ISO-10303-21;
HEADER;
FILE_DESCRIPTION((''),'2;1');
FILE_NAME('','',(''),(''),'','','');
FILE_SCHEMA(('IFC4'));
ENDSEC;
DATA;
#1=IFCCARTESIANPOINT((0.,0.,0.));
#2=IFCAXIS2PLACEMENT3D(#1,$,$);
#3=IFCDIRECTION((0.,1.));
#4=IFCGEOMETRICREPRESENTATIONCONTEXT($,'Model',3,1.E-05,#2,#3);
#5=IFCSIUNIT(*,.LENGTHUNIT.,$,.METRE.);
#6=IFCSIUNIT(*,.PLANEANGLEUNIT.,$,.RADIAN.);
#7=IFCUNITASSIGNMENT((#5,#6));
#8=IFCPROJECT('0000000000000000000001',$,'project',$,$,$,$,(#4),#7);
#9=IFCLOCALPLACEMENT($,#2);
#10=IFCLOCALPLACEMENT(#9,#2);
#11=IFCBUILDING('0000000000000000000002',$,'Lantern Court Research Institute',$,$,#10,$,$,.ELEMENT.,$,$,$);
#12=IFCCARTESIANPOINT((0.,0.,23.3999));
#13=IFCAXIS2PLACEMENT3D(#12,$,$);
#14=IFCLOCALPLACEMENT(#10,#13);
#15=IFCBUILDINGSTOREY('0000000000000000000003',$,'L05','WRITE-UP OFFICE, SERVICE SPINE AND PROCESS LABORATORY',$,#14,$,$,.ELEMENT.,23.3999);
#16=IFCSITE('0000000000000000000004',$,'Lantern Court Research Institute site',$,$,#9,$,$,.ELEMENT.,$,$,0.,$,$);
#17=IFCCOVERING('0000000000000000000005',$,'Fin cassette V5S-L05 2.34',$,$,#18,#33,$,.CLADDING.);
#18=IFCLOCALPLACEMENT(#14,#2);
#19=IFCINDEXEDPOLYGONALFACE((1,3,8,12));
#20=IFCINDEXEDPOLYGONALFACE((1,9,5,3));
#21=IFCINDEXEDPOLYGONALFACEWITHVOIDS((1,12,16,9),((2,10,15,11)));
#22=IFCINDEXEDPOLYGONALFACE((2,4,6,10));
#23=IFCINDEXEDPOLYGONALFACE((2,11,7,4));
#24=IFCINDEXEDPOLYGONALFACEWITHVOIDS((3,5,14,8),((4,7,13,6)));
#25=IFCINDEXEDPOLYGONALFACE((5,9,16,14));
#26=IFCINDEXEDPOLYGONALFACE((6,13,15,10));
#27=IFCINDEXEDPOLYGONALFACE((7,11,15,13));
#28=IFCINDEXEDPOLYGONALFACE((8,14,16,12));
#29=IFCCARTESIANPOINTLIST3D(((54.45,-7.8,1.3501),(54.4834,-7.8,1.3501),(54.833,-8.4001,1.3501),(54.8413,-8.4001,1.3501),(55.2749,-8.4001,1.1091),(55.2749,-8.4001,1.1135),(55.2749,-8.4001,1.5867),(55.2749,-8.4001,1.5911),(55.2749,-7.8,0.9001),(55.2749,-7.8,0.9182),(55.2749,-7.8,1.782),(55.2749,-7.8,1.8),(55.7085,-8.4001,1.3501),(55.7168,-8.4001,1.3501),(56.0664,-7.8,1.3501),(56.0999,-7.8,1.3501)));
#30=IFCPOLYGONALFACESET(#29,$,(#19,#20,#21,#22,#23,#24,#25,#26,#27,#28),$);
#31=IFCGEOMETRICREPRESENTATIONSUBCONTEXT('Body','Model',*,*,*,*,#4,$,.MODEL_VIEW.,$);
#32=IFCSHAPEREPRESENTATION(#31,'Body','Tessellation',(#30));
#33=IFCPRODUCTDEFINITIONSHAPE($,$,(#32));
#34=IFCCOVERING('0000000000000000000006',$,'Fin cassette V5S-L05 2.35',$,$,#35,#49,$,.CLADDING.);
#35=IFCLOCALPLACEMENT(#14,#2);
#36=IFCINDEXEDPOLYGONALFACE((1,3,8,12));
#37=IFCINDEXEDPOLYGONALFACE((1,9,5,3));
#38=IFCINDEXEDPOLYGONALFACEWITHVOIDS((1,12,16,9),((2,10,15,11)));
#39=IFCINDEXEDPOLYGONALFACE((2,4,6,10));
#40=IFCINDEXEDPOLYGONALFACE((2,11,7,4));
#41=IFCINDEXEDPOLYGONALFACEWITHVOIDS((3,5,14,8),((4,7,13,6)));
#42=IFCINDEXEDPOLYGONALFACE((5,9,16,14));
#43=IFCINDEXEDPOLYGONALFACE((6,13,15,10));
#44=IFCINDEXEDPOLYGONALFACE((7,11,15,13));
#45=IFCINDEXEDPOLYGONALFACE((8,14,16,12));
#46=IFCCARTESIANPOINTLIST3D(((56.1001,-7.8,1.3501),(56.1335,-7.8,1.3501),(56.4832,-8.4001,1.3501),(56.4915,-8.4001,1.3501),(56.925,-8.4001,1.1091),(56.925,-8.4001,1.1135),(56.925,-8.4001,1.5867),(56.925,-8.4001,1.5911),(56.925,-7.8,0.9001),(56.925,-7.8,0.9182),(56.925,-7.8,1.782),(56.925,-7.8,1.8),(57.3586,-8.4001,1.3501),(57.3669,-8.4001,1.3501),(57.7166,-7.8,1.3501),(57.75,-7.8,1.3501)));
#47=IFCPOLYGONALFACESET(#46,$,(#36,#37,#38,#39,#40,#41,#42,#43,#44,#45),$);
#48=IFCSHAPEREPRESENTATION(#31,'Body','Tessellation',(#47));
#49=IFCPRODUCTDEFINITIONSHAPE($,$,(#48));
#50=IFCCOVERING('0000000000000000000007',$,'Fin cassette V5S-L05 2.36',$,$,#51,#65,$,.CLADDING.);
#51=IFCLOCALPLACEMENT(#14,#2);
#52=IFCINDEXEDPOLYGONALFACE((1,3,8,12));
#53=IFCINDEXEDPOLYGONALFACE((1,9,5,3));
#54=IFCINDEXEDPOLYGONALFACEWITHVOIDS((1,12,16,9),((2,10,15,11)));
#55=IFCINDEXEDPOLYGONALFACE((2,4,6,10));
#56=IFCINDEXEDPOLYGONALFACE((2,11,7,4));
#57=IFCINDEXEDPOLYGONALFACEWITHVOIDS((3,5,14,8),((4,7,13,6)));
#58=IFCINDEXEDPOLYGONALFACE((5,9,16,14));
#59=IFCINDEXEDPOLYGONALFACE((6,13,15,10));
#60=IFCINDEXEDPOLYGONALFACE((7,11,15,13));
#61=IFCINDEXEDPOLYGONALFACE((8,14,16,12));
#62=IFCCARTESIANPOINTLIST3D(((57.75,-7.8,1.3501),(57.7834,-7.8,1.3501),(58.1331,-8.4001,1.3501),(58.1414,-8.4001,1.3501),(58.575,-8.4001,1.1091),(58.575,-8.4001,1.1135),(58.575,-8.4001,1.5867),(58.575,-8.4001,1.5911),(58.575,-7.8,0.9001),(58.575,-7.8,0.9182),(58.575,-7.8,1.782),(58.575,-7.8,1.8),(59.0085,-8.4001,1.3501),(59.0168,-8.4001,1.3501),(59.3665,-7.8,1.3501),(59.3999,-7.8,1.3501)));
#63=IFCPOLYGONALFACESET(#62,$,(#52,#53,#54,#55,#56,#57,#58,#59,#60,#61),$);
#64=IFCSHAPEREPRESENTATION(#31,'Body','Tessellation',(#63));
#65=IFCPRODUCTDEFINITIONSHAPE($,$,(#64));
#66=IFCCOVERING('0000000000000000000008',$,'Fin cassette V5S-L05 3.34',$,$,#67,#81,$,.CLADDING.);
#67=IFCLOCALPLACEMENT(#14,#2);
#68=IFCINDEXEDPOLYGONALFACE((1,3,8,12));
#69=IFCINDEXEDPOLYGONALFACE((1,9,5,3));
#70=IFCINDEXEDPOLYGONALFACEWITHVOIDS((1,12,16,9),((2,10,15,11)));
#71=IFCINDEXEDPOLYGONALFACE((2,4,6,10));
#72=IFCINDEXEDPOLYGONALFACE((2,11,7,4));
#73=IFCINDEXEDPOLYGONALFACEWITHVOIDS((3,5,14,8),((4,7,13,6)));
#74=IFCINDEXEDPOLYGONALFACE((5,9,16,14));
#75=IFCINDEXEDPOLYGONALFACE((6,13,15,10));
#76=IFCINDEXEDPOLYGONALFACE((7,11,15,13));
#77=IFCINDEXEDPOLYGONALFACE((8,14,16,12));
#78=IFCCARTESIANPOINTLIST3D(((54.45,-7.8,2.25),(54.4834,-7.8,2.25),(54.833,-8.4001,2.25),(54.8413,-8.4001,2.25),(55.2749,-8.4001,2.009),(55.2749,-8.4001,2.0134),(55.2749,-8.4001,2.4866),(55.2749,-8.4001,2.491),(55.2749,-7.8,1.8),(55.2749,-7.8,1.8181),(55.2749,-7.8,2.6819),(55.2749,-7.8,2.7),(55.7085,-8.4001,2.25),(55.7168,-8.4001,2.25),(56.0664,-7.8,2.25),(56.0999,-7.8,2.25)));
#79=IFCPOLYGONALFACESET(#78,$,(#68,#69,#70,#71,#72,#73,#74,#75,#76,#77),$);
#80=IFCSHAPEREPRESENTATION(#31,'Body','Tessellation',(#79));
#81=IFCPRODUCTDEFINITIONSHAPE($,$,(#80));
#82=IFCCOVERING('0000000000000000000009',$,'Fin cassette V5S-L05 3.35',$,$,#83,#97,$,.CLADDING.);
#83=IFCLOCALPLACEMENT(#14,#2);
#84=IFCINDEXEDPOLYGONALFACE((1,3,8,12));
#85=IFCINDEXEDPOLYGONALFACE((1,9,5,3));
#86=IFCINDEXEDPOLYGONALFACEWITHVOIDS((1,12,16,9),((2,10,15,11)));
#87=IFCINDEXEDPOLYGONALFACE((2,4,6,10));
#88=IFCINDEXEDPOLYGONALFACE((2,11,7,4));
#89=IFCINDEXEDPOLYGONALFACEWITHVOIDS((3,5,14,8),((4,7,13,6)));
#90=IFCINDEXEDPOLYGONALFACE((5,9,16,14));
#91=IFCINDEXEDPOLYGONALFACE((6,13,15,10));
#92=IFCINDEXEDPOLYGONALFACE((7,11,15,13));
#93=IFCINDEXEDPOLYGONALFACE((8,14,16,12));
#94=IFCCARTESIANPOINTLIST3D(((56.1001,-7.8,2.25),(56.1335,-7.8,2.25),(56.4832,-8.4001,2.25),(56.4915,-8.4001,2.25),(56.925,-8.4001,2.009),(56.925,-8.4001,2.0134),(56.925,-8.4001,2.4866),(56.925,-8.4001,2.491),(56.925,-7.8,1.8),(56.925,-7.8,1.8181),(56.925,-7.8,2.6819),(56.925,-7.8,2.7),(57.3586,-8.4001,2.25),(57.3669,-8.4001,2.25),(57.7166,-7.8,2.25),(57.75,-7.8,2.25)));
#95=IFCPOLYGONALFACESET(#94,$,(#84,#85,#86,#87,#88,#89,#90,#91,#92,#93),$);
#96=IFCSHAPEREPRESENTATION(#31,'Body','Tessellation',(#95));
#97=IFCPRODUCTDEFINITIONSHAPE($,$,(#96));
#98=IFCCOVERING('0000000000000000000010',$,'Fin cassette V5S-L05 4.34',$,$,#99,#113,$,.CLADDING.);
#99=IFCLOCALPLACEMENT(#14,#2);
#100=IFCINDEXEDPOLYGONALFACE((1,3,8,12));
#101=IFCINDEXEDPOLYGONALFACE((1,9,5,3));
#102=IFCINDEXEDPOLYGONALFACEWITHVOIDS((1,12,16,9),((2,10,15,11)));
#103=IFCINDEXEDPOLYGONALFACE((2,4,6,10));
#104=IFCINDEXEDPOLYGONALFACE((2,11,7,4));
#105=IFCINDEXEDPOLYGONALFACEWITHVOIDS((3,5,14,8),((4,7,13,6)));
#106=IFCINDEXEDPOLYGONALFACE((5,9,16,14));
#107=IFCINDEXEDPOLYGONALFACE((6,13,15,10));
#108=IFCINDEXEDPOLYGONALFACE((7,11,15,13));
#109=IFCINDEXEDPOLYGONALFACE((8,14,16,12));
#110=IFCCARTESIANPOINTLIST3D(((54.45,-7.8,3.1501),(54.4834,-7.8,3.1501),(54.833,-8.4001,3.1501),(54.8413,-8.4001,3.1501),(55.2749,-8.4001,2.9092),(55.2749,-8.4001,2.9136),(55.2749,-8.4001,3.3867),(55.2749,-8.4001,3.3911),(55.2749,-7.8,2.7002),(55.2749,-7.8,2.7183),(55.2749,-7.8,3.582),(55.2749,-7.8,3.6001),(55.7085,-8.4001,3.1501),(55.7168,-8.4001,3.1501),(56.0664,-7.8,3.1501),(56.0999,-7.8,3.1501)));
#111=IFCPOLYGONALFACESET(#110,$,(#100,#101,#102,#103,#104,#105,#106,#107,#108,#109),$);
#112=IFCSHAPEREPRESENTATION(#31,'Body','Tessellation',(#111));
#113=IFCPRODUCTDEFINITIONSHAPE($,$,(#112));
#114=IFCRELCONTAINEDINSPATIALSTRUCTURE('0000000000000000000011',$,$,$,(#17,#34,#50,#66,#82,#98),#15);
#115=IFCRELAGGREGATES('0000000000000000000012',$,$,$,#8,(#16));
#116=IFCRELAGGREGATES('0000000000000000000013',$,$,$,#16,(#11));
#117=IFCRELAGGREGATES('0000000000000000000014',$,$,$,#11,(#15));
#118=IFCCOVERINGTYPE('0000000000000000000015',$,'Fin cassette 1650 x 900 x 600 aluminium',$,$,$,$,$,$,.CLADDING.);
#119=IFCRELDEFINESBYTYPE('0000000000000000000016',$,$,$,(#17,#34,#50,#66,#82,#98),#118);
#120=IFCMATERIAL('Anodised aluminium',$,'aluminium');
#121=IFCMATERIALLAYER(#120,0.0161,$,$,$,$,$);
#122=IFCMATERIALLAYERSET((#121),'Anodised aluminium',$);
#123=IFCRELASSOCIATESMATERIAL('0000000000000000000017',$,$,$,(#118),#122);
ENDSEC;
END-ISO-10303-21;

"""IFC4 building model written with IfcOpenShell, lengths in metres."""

from ifc_helpers import new_model, entity, si_unit, direction, frame, origin, place, context, subcontext, project, spatial, material, layer, layer_set, type_object, element, save


model = new_model("IFC4")

# Units and contexts
model_context = context("Model", 3, precision=1e-05, world=origin(), true_north=direction((0.0, 1.0)))
body_context = subcontext(model_context, "Body", "Model", "MODEL_VIEW")
ifc_project = project(units=[si_unit("LENGTHUNIT", "METRE"), si_unit("PLANEANGLEUNIT", "RADIAN")], contexts=[model_context])

# Site, building, storey
site_placement = place(None, origin())
site = spatial("IfcSite", under=ifc_project, at=site_placement, Name="Lantern Court Research Institute site", CompositionType="ELEMENT", RefElevation=0.0)
building_placement = place(site_placement, origin())
building = spatial("IfcBuilding", under=site, at=building_placement, Name="Lantern Court Research Institute", CompositionType="ELEMENT")
storey_placement = place(building_placement, frame((0.0, 0.0, 23.3999)))
storey = spatial("IfcBuildingStorey", under=building, at=storey_placement, Name="L05", Description="WRITE-UP OFFICE, SERVICE SPINE AND PROCESS LABORATORY", CompositionType="ELEMENT", Elevation=23.3999)

# Coverings
ifc_material_1 = material(Name="Anodised aluminium", Category="aluminium")
ifc_layer_1 = layer(ifc_material_1, 0.0161)
ifc_layer_set_1 = layer_set([ifc_layer_1], Name="Anodised aluminium")
covering_type = type_object("IfcCoveringType", Name="Fin cassette 1650 x 900 x 600 aluminium", PredefinedType="CLADDING", material=ifc_layer_set_1)
covering_1_placement = place(storey_placement, frame((55.2749, -7.8, 1.3501), z_axis=(0.0, -1.0, 0.0), x_axis=(1.0, 0.0, 0.0)))
cartesian_point_1 = entity("IfcCartesianPoint", [0.825, 0.0])
cartesian_point_2 = entity("IfcCartesianPoint", [0.7915, 0.0])
cartesian_point_3 = entity("IfcCartesianPoint", [0.4419, 0.0])
cartesian_point_4 = entity("IfcCartesianPoint", [0.4336, 0.0])
element("IfcCovering", 1, at=covering_1_placement, inside=storey, type_object=covering_type, Name="Fin cassette V5S-L05 2.34", PredefinedType="CLADDING", context=body_context, shape_type="SweptSolid", body=[
    entity("IfcExtrudedAreaSolidTapered", entity("IfcArbitraryProfileDefWithVoids", "AREA", None, entity("IfcPolyline", [cartesian_point_1, entity("IfcCartesianPoint", [0.0, 0.45]), entity("IfcCartesianPoint", [-0.825, 0.0]), entity("IfcCartesianPoint", [0.0, -0.45]), cartesian_point_1]), [entity("IfcPolyline", [cartesian_point_2, entity("IfcCartesianPoint", [0.0, 0.4319]), entity("IfcCartesianPoint", [-0.7915, 0.0]), entity("IfcCartesianPoint", [0.0, -0.4319]), cartesian_point_2])]), entity("IfcAxis2Placement3D", entity("IfcCartesianPoint", [0.0, 0.0, 0.0])), entity("IfcDirection", [0.0, 0.0, 1.0]), 0.6001, entity("IfcArbitraryProfileDefWithVoids", "AREA", None, entity("IfcPolyline", [cartesian_point_3, entity("IfcCartesianPoint", [0.0, 0.241]), entity("IfcCartesianPoint", [-0.4419, 0.0]), entity("IfcCartesianPoint", [0.0, -0.241]), cartesian_point_3]), [entity("IfcPolyline", [cartesian_point_4, entity("IfcCartesianPoint", [0.0, 0.2366]), entity("IfcCartesianPoint", [-0.4336, 0.0]), entity("IfcCartesianPoint", [0.0, -0.2366]), cartesian_point_4])])),
])
covering_2_placement = place(storey_placement, frame((56.925, -7.8, 1.3501), z_axis=(0.0, -1.0, 0.0), x_axis=(1.0, 0.0, 0.0)))
cartesian_point_5 = entity("IfcCartesianPoint", [0.825, 0.0])
cartesian_point_6 = entity("IfcCartesianPoint", [0.7915, 0.0])
cartesian_point_7 = entity("IfcCartesianPoint", [0.4419, 0.0])
cartesian_point_8 = entity("IfcCartesianPoint", [0.4336, 0.0])
element("IfcCovering", 2, at=covering_2_placement, inside=storey, type_object=covering_type, Name="Fin cassette V5S-L05 2.35", PredefinedType="CLADDING", context=body_context, shape_type="SweptSolid", body=[
    entity("IfcExtrudedAreaSolidTapered", entity("IfcArbitraryProfileDefWithVoids", "AREA", None, entity("IfcPolyline", [cartesian_point_5, entity("IfcCartesianPoint", [0.0, 0.45]), entity("IfcCartesianPoint", [-0.825, 0.0]), entity("IfcCartesianPoint", [0.0, -0.45]), cartesian_point_5]), [entity("IfcPolyline", [cartesian_point_6, entity("IfcCartesianPoint", [0.0, 0.4319]), entity("IfcCartesianPoint", [-0.7915, 0.0]), entity("IfcCartesianPoint", [0.0, -0.4319]), cartesian_point_6])]), entity("IfcAxis2Placement3D", entity("IfcCartesianPoint", [0.0, 0.0, 0.0])), entity("IfcDirection", [0.0, 0.0, 1.0]), 0.6001, entity("IfcArbitraryProfileDefWithVoids", "AREA", None, entity("IfcPolyline", [cartesian_point_7, entity("IfcCartesianPoint", [0.0, 0.241]), entity("IfcCartesianPoint", [-0.4419, 0.0]), entity("IfcCartesianPoint", [0.0, -0.241]), cartesian_point_7]), [entity("IfcPolyline", [cartesian_point_8, entity("IfcCartesianPoint", [0.0, 0.2366]), entity("IfcCartesianPoint", [-0.4336, 0.0]), entity("IfcCartesianPoint", [0.0, -0.2366]), cartesian_point_8])])),
])
covering_3_placement = place(storey_placement, frame((58.575, -7.8, 1.3501), z_axis=(0.0, -1.0, 0.0), x_axis=(1.0, 0.0, 0.0)))
cartesian_point_9 = entity("IfcCartesianPoint", [0.825, 0.0])
cartesian_point_10 = entity("IfcCartesianPoint", [0.7915, 0.0])
cartesian_point_11 = entity("IfcCartesianPoint", [0.4419, 0.0])
cartesian_point_12 = entity("IfcCartesianPoint", [0.4336, 0.0])
element("IfcCovering", 3, at=covering_3_placement, inside=storey, type_object=covering_type, Name="Fin cassette V5S-L05 2.36", PredefinedType="CLADDING", context=body_context, shape_type="SweptSolid", body=[
    entity("IfcExtrudedAreaSolidTapered", entity("IfcArbitraryProfileDefWithVoids", "AREA", None, entity("IfcPolyline", [cartesian_point_9, entity("IfcCartesianPoint", [0.0, 0.45]), entity("IfcCartesianPoint", [-0.825, 0.0]), entity("IfcCartesianPoint", [0.0, -0.45]), cartesian_point_9]), [entity("IfcPolyline", [cartesian_point_10, entity("IfcCartesianPoint", [0.0, 0.4319]), entity("IfcCartesianPoint", [-0.7915, 0.0]), entity("IfcCartesianPoint", [0.0, -0.4319]), cartesian_point_10])]), entity("IfcAxis2Placement3D", entity("IfcCartesianPoint", [0.0, 0.0, 0.0])), entity("IfcDirection", [0.0, 0.0, 1.0]), 0.6001, entity("IfcArbitraryProfileDefWithVoids", "AREA", None, entity("IfcPolyline", [cartesian_point_11, entity("IfcCartesianPoint", [0.0, 0.241]), entity("IfcCartesianPoint", [-0.4419, 0.0]), entity("IfcCartesianPoint", [0.0, -0.241]), cartesian_point_11]), [entity("IfcPolyline", [cartesian_point_12, entity("IfcCartesianPoint", [0.0, 0.2366]), entity("IfcCartesianPoint", [-0.4336, 0.0]), entity("IfcCartesianPoint", [0.0, -0.2366]), cartesian_point_12])])),
])
covering_4_placement = place(storey_placement, frame((55.2749, -7.8, 2.25), z_axis=(0.0, -1.0, 0.0), x_axis=(1.0, 0.0, 0.0)))
cartesian_point_13 = entity("IfcCartesianPoint", [0.825, 0.0])
cartesian_point_14 = entity("IfcCartesianPoint", [0.7915, 0.0])
cartesian_point_15 = entity("IfcCartesianPoint", [0.4419, 0.0])
cartesian_point_16 = entity("IfcCartesianPoint", [0.4336, 0.0])
element("IfcCovering", 4, at=covering_4_placement, inside=storey, type_object=covering_type, Name="Fin cassette V5S-L05 3.34", PredefinedType="CLADDING", context=body_context, shape_type="SweptSolid", body=[
    entity("IfcExtrudedAreaSolidTapered", entity("IfcArbitraryProfileDefWithVoids", "AREA", None, entity("IfcPolyline", [cartesian_point_13, entity("IfcCartesianPoint", [0.0, 0.45]), entity("IfcCartesianPoint", [-0.825, 0.0]), entity("IfcCartesianPoint", [0.0, -0.45]), cartesian_point_13]), [entity("IfcPolyline", [cartesian_point_14, entity("IfcCartesianPoint", [0.0, 0.4319]), entity("IfcCartesianPoint", [-0.7915, 0.0]), entity("IfcCartesianPoint", [0.0, -0.4319]), cartesian_point_14])]), entity("IfcAxis2Placement3D", entity("IfcCartesianPoint", [0.0, 0.0, 0.0])), entity("IfcDirection", [0.0, 0.0, 1.0]), 0.6001, entity("IfcArbitraryProfileDefWithVoids", "AREA", None, entity("IfcPolyline", [cartesian_point_15, entity("IfcCartesianPoint", [0.0, 0.241]), entity("IfcCartesianPoint", [-0.4419, 0.0]), entity("IfcCartesianPoint", [0.0, -0.241]), cartesian_point_15]), [entity("IfcPolyline", [cartesian_point_16, entity("IfcCartesianPoint", [0.0, 0.2366]), entity("IfcCartesianPoint", [-0.4336, 0.0]), entity("IfcCartesianPoint", [0.0, -0.2366]), cartesian_point_16])])),
])
covering_5_placement = place(storey_placement, frame((56.925, -7.8, 2.25), z_axis=(0.0, -1.0, 0.0), x_axis=(1.0, 0.0, 0.0)))
cartesian_point_17 = entity("IfcCartesianPoint", [0.825, 0.0])
cartesian_point_18 = entity("IfcCartesianPoint", [0.7915, 0.0])
cartesian_point_19 = entity("IfcCartesianPoint", [0.4419, 0.0])
cartesian_point_20 = entity("IfcCartesianPoint", [0.4336, 0.0])
element("IfcCovering", 5, at=covering_5_placement, inside=storey, type_object=covering_type, Name="Fin cassette V5S-L05 3.35", PredefinedType="CLADDING", context=body_context, shape_type="SweptSolid", body=[
    entity("IfcExtrudedAreaSolidTapered", entity("IfcArbitraryProfileDefWithVoids", "AREA", None, entity("IfcPolyline", [cartesian_point_17, entity("IfcCartesianPoint", [0.0, 0.45]), entity("IfcCartesianPoint", [-0.825, 0.0]), entity("IfcCartesianPoint", [0.0, -0.45]), cartesian_point_17]), [entity("IfcPolyline", [cartesian_point_18, entity("IfcCartesianPoint", [0.0, 0.4319]), entity("IfcCartesianPoint", [-0.7915, 0.0]), entity("IfcCartesianPoint", [0.0, -0.4319]), cartesian_point_18])]), entity("IfcAxis2Placement3D", entity("IfcCartesianPoint", [0.0, 0.0, 0.0])), entity("IfcDirection", [0.0, 0.0, 1.0]), 0.6001, entity("IfcArbitraryProfileDefWithVoids", "AREA", None, entity("IfcPolyline", [cartesian_point_19, entity("IfcCartesianPoint", [0.0, 0.241]), entity("IfcCartesianPoint", [-0.4419, 0.0]), entity("IfcCartesianPoint", [0.0, -0.241]), cartesian_point_19]), [entity("IfcPolyline", [cartesian_point_20, entity("IfcCartesianPoint", [0.0, 0.2366]), entity("IfcCartesianPoint", [-0.4336, 0.0]), entity("IfcCartesianPoint", [0.0, -0.2366]), cartesian_point_20])])),
])
covering_6_placement = place(storey_placement, frame((55.2749, -7.8, 3.1501), z_axis=(0.0, -1.0, 0.0), x_axis=(1.0, 0.0, 0.0)))
cartesian_point_21 = entity("IfcCartesianPoint", [0.825, 0.0])
cartesian_point_22 = entity("IfcCartesianPoint", [0.7915, 0.0])
cartesian_point_23 = entity("IfcCartesianPoint", [0.4419, 0.0])
cartesian_point_24 = entity("IfcCartesianPoint", [0.4336, 0.0])
element("IfcCovering", 6, at=covering_6_placement, inside=storey, type_object=covering_type, Name="Fin cassette V5S-L05 4.34", PredefinedType="CLADDING", context=body_context, shape_type="SweptSolid", body=[
    entity("IfcExtrudedAreaSolidTapered", entity("IfcArbitraryProfileDefWithVoids", "AREA", None, entity("IfcPolyline", [cartesian_point_21, entity("IfcCartesianPoint", [0.0, 0.45]), entity("IfcCartesianPoint", [-0.825, 0.0]), entity("IfcCartesianPoint", [0.0, -0.45]), cartesian_point_21]), [entity("IfcPolyline", [cartesian_point_22, entity("IfcCartesianPoint", [0.0, 0.4319]), entity("IfcCartesianPoint", [-0.7915, 0.0]), entity("IfcCartesianPoint", [0.0, -0.4319]), cartesian_point_22])]), entity("IfcAxis2Placement3D", entity("IfcCartesianPoint", [0.0, 0.0, 0.0])), entity("IfcDirection", [0.0, 0.0, 1.0]), 0.6001, entity("IfcArbitraryProfileDefWithVoids", "AREA", None, entity("IfcPolyline", [cartesian_point_23, entity("IfcCartesianPoint", [0.0, 0.241]), entity("IfcCartesianPoint", [-0.4419, 0.0]), entity("IfcCartesianPoint", [0.0, -0.241]), cartesian_point_23]), [entity("IfcPolyline", [cartesian_point_24, entity("IfcCartesianPoint", [0.0, 0.2366]), entity("IfcCartesianPoint", [-0.4336, 0.0]), entity("IfcCartesianPoint", [0.0, -0.2366]), cartesian_point_24])])),
])

save(model, "model.ifc")
